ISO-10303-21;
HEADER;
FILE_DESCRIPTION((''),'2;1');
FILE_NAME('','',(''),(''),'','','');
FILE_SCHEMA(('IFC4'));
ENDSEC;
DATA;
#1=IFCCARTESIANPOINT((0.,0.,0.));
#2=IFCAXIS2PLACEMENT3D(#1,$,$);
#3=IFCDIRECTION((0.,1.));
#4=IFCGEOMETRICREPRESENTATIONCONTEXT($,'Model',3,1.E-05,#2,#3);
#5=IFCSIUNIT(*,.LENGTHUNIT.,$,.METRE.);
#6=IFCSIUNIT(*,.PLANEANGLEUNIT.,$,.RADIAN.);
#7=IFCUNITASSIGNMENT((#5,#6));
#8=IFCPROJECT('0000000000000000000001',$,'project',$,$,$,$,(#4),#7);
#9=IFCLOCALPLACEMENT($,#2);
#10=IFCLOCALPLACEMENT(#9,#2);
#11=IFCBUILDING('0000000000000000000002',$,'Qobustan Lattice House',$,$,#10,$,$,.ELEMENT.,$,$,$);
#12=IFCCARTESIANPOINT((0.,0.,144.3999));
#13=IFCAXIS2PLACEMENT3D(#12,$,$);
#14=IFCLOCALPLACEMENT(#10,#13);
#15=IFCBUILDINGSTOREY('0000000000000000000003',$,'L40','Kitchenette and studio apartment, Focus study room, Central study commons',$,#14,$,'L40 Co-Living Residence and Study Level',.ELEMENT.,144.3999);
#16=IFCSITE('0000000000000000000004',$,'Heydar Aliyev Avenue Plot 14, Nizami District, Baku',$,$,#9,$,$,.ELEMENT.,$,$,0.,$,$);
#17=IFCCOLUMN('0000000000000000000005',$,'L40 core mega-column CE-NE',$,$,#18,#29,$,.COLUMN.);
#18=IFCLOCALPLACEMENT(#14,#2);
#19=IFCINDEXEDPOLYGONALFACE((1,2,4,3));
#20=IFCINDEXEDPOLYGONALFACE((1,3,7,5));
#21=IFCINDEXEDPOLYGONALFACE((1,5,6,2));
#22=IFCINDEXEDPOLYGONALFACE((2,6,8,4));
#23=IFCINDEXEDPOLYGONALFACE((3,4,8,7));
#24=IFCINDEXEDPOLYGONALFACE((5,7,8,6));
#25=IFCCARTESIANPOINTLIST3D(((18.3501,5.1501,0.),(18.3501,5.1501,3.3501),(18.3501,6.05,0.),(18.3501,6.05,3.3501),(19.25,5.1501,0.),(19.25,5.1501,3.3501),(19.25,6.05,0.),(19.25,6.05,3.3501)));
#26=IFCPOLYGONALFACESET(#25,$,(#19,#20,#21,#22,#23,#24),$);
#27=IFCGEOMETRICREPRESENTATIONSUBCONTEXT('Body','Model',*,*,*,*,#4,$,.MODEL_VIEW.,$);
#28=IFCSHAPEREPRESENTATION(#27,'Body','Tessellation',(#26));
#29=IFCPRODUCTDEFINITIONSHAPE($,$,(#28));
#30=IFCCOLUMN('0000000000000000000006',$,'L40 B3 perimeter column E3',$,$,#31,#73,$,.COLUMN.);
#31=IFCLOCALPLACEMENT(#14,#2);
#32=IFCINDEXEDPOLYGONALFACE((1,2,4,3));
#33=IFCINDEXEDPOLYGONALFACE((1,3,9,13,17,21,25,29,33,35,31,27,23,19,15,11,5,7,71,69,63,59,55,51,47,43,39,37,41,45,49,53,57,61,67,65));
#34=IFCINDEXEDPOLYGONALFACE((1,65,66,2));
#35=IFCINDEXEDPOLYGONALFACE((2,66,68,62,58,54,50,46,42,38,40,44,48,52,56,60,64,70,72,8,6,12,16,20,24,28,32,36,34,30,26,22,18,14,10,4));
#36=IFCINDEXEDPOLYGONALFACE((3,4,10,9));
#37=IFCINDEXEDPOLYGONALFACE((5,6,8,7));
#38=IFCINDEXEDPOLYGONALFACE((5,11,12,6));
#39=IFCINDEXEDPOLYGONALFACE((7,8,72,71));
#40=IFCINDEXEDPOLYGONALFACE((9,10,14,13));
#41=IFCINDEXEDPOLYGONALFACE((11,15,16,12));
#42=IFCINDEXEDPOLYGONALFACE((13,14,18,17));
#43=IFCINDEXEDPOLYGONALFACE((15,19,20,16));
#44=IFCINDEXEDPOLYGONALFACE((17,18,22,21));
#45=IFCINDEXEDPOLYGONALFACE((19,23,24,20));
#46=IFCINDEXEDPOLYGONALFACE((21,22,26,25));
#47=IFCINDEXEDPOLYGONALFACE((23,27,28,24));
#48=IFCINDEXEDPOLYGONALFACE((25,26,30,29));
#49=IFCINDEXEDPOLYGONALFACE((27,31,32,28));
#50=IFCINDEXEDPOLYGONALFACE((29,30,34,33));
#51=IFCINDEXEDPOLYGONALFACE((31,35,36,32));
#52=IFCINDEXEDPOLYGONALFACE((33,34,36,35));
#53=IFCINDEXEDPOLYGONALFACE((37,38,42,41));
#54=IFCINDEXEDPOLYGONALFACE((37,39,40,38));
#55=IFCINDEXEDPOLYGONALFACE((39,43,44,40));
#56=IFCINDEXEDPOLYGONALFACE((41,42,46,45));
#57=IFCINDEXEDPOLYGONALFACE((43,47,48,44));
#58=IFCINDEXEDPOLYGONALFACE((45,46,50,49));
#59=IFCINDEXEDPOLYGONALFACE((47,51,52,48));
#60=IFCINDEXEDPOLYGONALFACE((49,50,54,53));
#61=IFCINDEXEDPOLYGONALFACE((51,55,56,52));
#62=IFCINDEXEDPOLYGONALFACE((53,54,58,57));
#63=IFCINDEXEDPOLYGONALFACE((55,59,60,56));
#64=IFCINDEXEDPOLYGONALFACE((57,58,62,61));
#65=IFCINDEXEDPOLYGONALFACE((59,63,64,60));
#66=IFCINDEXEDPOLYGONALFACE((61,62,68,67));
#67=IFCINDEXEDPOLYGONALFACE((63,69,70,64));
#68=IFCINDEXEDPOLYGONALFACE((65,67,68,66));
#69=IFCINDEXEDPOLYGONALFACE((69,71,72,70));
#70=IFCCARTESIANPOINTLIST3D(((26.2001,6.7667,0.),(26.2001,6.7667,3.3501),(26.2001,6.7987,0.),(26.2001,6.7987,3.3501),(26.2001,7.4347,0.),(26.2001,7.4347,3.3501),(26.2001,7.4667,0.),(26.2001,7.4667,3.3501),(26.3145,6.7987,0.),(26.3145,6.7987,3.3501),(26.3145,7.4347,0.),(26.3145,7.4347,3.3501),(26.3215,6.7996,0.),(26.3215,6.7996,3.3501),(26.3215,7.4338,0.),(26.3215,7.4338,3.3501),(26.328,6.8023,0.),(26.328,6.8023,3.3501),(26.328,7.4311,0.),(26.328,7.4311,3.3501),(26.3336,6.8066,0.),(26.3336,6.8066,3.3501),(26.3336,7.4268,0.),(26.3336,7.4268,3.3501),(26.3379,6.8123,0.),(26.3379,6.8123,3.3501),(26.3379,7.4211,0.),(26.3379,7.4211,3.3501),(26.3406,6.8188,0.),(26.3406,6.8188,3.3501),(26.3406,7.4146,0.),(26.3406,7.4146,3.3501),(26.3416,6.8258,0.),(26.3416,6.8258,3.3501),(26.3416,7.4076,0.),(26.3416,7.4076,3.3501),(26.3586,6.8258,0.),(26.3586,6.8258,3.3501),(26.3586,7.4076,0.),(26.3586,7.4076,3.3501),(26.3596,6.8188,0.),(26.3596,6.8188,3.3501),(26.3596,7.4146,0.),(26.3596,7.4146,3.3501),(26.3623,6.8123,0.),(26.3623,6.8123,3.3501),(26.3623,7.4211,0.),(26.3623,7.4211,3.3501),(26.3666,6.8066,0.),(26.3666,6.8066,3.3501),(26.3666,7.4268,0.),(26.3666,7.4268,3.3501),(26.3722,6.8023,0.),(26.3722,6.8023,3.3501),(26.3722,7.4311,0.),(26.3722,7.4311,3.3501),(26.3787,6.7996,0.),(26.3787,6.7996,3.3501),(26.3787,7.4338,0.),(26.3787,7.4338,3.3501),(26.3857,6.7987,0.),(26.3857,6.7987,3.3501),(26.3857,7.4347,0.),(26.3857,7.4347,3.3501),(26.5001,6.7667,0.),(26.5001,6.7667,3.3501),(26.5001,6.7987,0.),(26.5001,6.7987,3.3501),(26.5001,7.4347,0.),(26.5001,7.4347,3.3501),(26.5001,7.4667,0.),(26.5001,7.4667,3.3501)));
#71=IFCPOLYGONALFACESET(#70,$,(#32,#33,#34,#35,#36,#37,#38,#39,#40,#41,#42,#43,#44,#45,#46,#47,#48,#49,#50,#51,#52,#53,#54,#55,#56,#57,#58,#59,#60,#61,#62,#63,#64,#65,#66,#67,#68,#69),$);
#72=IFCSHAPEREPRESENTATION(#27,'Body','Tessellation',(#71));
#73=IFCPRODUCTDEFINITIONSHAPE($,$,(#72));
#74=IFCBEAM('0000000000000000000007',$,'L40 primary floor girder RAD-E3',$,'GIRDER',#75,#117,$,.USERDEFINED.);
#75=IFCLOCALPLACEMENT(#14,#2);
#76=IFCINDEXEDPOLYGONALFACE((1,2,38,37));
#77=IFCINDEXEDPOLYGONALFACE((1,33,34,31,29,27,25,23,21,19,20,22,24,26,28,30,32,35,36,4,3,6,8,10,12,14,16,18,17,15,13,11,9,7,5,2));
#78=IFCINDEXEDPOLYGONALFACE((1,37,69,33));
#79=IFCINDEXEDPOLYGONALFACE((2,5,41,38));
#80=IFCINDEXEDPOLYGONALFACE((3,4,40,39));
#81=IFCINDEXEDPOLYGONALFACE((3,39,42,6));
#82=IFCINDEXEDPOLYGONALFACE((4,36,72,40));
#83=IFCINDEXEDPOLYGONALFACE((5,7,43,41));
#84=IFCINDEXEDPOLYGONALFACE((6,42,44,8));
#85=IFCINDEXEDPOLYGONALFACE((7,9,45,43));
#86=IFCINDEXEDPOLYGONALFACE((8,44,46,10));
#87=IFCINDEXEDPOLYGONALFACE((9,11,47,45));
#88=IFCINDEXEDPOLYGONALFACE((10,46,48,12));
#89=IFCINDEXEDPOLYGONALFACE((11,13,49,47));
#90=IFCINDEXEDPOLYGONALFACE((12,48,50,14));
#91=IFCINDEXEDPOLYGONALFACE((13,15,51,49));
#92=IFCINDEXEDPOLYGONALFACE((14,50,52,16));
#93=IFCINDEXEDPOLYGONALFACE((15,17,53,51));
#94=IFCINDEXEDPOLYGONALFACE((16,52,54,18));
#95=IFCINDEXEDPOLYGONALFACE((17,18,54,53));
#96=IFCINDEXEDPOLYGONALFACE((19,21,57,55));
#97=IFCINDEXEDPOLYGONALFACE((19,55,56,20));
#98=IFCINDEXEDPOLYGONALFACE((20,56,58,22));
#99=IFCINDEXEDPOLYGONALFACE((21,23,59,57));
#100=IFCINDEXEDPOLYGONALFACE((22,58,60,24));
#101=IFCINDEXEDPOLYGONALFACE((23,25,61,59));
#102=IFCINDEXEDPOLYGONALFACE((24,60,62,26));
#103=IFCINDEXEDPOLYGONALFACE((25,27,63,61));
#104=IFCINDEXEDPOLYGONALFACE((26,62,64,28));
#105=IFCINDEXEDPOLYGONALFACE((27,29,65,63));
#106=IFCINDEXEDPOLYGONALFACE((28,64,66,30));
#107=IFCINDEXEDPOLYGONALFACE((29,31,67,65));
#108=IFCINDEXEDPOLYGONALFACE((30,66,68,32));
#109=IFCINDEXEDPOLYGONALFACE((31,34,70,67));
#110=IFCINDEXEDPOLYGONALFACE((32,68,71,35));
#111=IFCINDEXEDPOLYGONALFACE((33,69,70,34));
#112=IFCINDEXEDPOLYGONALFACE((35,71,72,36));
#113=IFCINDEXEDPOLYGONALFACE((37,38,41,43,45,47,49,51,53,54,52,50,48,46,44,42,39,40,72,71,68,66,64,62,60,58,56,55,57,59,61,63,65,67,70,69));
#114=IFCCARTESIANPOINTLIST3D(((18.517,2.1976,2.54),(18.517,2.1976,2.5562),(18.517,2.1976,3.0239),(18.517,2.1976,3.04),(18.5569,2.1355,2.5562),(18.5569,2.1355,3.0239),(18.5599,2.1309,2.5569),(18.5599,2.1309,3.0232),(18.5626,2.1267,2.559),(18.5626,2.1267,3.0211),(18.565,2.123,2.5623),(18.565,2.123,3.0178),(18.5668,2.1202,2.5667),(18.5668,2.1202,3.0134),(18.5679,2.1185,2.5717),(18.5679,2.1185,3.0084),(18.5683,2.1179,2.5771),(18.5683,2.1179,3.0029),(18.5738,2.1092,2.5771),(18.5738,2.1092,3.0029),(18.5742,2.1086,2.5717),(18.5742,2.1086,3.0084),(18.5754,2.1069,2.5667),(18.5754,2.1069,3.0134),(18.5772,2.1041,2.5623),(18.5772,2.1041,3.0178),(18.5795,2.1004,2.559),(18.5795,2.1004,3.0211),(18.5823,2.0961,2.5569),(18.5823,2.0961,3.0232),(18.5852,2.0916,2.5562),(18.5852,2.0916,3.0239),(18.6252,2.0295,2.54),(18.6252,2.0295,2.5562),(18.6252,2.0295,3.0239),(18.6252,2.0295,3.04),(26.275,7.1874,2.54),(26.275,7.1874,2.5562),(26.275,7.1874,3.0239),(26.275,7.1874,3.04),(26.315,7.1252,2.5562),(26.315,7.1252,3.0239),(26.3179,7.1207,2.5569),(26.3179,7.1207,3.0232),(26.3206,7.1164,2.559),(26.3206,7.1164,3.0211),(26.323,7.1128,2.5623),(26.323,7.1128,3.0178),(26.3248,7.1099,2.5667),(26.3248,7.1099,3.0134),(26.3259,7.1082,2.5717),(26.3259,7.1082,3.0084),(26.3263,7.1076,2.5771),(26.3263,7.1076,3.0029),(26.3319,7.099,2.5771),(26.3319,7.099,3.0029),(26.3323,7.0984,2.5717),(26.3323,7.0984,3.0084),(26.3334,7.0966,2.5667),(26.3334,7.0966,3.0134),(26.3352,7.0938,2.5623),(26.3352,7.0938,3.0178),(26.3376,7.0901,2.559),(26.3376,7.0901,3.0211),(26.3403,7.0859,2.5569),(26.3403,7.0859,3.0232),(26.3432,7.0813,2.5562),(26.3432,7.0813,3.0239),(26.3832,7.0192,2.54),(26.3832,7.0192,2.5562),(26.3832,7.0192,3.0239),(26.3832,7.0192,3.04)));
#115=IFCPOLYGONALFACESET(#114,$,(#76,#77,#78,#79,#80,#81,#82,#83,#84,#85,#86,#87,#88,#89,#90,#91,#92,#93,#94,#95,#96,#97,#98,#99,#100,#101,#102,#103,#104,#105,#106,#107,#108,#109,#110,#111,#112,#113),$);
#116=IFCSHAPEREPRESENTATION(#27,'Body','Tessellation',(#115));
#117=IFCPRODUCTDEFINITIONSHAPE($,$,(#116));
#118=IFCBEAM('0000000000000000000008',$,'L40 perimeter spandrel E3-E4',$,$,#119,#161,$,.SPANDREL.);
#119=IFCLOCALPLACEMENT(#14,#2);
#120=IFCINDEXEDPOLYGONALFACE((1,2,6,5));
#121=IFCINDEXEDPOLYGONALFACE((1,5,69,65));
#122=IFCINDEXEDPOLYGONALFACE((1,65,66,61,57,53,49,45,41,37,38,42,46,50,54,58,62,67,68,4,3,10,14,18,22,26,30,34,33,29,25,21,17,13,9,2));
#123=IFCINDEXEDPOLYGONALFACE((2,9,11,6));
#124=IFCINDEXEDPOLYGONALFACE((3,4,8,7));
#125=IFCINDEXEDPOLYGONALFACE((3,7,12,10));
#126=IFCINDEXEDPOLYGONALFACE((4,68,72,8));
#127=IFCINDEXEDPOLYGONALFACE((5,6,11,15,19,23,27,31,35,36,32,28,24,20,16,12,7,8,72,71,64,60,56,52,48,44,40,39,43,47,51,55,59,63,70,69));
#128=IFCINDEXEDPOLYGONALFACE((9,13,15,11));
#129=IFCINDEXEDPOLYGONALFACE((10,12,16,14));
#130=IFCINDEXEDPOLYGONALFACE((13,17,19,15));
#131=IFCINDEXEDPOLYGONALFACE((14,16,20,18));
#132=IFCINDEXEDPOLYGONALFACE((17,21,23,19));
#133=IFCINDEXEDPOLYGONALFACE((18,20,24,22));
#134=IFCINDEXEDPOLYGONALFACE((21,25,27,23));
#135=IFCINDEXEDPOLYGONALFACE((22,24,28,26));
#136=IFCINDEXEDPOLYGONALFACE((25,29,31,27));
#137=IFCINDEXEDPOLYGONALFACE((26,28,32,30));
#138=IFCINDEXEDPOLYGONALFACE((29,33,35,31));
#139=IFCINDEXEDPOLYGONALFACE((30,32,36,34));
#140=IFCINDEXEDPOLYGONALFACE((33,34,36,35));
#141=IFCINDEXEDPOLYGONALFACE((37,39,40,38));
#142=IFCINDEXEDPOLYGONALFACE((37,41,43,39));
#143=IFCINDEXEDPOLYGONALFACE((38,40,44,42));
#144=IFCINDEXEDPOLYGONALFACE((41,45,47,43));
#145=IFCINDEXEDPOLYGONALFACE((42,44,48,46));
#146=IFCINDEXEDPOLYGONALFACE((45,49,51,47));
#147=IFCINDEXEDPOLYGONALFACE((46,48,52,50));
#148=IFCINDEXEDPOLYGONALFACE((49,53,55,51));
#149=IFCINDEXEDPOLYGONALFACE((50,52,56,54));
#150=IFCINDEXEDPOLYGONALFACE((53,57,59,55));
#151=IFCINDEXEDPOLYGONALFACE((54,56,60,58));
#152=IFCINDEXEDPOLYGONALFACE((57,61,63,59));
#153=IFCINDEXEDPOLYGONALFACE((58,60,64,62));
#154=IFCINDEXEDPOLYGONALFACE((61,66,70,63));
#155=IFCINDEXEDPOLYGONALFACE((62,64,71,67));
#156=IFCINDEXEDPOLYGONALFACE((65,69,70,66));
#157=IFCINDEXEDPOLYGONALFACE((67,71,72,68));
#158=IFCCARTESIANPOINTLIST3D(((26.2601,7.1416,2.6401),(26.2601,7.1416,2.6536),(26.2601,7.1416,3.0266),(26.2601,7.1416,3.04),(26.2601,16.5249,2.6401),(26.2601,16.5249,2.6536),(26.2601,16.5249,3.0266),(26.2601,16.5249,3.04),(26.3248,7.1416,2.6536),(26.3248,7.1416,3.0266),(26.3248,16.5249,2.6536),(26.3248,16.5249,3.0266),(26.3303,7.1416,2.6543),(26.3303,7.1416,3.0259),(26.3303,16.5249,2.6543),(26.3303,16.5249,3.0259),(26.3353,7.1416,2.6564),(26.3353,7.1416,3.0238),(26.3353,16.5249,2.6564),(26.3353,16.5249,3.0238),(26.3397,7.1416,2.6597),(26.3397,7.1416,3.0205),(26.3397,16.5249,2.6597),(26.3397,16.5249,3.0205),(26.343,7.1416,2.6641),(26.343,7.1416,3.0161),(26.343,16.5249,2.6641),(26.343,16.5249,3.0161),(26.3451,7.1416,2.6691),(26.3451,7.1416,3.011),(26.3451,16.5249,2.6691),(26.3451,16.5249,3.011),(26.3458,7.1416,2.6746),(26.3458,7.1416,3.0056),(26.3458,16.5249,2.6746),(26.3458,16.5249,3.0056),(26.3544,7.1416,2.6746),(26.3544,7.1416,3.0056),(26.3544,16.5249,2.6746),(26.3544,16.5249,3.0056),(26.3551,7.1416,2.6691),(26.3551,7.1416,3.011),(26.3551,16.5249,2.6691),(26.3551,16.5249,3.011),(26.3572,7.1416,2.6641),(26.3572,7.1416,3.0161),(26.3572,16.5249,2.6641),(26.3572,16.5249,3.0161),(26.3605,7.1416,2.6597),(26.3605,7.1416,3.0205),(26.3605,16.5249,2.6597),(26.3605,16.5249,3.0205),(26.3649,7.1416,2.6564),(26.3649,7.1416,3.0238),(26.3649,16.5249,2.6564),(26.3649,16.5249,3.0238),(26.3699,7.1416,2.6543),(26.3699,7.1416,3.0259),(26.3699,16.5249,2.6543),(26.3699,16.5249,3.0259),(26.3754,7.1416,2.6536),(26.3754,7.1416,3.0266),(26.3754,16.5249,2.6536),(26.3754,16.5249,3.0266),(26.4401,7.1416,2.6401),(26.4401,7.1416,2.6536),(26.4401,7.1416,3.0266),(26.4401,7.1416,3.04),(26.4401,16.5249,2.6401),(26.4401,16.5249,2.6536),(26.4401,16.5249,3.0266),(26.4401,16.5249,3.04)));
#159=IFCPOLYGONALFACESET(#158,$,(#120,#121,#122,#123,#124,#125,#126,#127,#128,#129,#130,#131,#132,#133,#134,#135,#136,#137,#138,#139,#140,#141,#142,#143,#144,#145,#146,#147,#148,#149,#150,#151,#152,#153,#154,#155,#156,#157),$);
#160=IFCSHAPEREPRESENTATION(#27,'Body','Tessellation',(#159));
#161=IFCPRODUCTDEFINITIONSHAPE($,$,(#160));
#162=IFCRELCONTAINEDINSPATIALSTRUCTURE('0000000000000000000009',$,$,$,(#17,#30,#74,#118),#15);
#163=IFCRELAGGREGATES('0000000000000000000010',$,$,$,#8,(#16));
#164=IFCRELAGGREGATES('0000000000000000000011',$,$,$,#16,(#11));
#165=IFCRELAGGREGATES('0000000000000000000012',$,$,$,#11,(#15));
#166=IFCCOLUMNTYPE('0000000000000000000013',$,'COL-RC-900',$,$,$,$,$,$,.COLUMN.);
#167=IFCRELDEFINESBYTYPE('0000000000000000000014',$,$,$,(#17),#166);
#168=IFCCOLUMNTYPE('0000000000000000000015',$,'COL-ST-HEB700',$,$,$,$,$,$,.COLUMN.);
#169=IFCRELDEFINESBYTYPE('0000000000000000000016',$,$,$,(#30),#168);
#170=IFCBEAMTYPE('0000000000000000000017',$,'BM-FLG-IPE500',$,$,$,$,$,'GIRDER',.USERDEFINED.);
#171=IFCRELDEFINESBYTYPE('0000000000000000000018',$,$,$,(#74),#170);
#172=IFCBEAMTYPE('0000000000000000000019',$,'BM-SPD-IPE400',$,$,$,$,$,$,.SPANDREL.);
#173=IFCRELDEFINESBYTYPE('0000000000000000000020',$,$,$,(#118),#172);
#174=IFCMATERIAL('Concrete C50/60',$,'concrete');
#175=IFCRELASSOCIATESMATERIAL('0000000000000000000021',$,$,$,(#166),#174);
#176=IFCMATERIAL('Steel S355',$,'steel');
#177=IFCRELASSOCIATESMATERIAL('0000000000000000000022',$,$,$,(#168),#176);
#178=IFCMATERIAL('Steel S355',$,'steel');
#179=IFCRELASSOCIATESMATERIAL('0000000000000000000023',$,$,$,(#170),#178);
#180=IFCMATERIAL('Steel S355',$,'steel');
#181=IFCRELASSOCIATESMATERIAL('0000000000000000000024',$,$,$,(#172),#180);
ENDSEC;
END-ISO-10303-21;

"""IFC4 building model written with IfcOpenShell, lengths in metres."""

from ifc_helpers import new_model, si_unit, direction, frame, origin, origin_2d, place, context, subcontext, project, spatial, rectangle, i_section, extrude, material, material_profile, profile_set, type_object, element, save


model = new_model("IFC4")

# Units and contexts
model_context = context("Model", 3, precision=1e-05, world=origin(), true_north=direction((0.0, 1.0)))
body_context = subcontext(model_context, "Body", "Model", "MODEL_VIEW")
ifc_project = project(units=[si_unit("LENGTHUNIT", "METRE"), si_unit("PLANEANGLEUNIT", "RADIAN")], contexts=[model_context])

# Site, building, storey
site_placement = place(None, origin())
site = spatial("IfcSite", under=ifc_project, at=site_placement, Name="Heydar Aliyev Avenue Plot 14, Nizami District, Baku", CompositionType="ELEMENT", RefElevation=0.0)
building_placement = place(site_placement, origin())
building = spatial("IfcBuilding", under=site, at=building_placement, Name="Qobustan Lattice House", CompositionType="ELEMENT")
storey_placement = place(building_placement, frame((0.0, 0.0, 144.3999)))
storey = spatial("IfcBuildingStorey", under=building, at=storey_placement, Name="L40", Description="Kitchenette and studio apartment, Focus study room, Central study commons", LongName="L40 Co-Living Residence and Study Level", CompositionType="ELEMENT", Elevation=144.3999)

# Columns
ifc_material_1 = material(Name="Concrete C50/60", Category="concrete")
ifc_material_profile_1 = material_profile(ifc_material_1, rectangle(XDim=0.8999, YDim=0.8999, at=origin_2d()), Name="RC900x900")
ifc_profile_set_1 = profile_set([ifc_material_profile_1], Name="Concrete C50/60")
column_type_1 = type_object("IfcColumnType", Name="COL-RC-900", PredefinedType="COLUMN", material=ifc_profile_set_1)
column_1_placement = place(storey_placement, frame((18.8, 5.6001, 0.0), z_axis=(0.0, 0.0, 1.0), x_axis=(1.0, 0.0, 0.0)))
element("IfcColumn", 1, at=column_1_placement, inside=storey, type_object=column_type_1, Name="L40 core mega-column CE-NE", PredefinedType="COLUMN", context=body_context, shape_type="SweptSolid", body=[
    extrude(rectangle(XDim=0.8999, YDim=0.8999, at=origin_2d()), origin(), (0.0, 0.0, 1.0), 3.3501),
])
ifc_material_2 = material(Name="Steel S355", Category="steel")
ifc_material_profile_2 = material_profile(ifc_material_2, i_section(OverallWidth=0.3, OverallDepth=0.7, WebThickness=0.0171, FlangeThickness=0.032, FilletRadius=0.0271, at=origin_2d()), Name="HEB700")
ifc_profile_set_2 = profile_set([ifc_material_profile_2], Name="Steel S355")
column_type_2 = type_object("IfcColumnType", Name="COL-ST-HEB700", PredefinedType="COLUMN", material=ifc_profile_set_2)
column_2_placement = place(storey_placement, frame((26.3501, 7.1167, 0.0), z_axis=(0.0, 0.0, 1.0), x_axis=(1.0, 0.0, 0.0)))
element("IfcColumn", 2, at=column_2_placement, inside=storey, type_object=column_type_2, Name="L40 B3 perimeter column E3", PredefinedType="COLUMN", context=body_context, shape_type="SweptSolid", body=[
    extrude(i_section(OverallWidth=0.3, OverallDepth=0.7, WebThickness=0.0171, FlangeThickness=0.032, FilletRadius=0.0271, at=origin_2d()), origin(), (0.0, 0.0, 1.0), 3.3501),
])

# Beams
ifc_material_3 = material(Name="Steel S355", Category="steel")
ifc_material_profile_3 = material_profile(ifc_material_3, i_section(OverallWidth=0.2, OverallDepth=0.5, WebThickness=0.0103, FlangeThickness=0.0161, FilletRadius=0.021, at=origin_2d()), Name="IPE500")
ifc_profile_set_3 = profile_set([ifc_material_profile_3], Name="Steel S355")
beam_type_1 = type_object("IfcBeamType", Name="BM-FLG-IPE500", ElementType="GIRDER", PredefinedType="USERDEFINED", material=ifc_profile_set_3)
beam_1_placement = place(storey_placement, frame((26.3291, 7.1033, 2.79), z_axis=(-0.841059, -0.540944, 0.0), x_axis=(0.540944, -0.841059, 0.0)))
element("IfcBeam", 3, at=beam_1_placement, inside=storey, type_object=beam_type_1, Name="L40 primary floor girder RAD-E3", ObjectType="GIRDER", PredefinedType="USERDEFINED", context=body_context, shape_type="SweptSolid", body=[
    extrude(i_section(OverallWidth=0.2, OverallDepth=0.5, WebThickness=0.0103, FlangeThickness=0.0161, FilletRadius=0.021, at=origin_2d()), origin(), (0.0, 0.0, 1.0), 9.2241),
])
ifc_material_4 = material(Name="Steel S355", Category="steel")
ifc_material_profile_4 = material_profile(ifc_material_4, i_section(OverallWidth=0.1799, OverallDepth=0.3999, WebThickness=0.0085, FlangeThickness=0.0134, FilletRadius=0.021, at=origin_2d()), Name="IPE400")
ifc_profile_set_4 = profile_set([ifc_material_profile_4], Name="Steel S355")
beam_type_2 = type_object("IfcBeamType", Name="BM-SPD-IPE400", PredefinedType="SPANDREL", material=ifc_profile_set_4)
beam_2_placement = place(storey_placement, frame((26.3501, 7.1416, 2.8401), z_axis=(0.0, 1.0, 0.0), x_axis=(-1.0, 0.0, 0.0)))
element("IfcBeam", 4, at=beam_2_placement, inside=storey, type_object=beam_type_2, Name="L40 perimeter spandrel E3-E4", PredefinedType="SPANDREL", context=body_context, shape_type="SweptSolid", body=[
    extrude(i_section(OverallWidth=0.1799, OverallDepth=0.3999, WebThickness=0.0085, FlangeThickness=0.0134, FilletRadius=0.021, at=origin_2d()), origin(), (0.0, 0.0, 1.0), 9.3833),
])

save(model, "model.ifc")
